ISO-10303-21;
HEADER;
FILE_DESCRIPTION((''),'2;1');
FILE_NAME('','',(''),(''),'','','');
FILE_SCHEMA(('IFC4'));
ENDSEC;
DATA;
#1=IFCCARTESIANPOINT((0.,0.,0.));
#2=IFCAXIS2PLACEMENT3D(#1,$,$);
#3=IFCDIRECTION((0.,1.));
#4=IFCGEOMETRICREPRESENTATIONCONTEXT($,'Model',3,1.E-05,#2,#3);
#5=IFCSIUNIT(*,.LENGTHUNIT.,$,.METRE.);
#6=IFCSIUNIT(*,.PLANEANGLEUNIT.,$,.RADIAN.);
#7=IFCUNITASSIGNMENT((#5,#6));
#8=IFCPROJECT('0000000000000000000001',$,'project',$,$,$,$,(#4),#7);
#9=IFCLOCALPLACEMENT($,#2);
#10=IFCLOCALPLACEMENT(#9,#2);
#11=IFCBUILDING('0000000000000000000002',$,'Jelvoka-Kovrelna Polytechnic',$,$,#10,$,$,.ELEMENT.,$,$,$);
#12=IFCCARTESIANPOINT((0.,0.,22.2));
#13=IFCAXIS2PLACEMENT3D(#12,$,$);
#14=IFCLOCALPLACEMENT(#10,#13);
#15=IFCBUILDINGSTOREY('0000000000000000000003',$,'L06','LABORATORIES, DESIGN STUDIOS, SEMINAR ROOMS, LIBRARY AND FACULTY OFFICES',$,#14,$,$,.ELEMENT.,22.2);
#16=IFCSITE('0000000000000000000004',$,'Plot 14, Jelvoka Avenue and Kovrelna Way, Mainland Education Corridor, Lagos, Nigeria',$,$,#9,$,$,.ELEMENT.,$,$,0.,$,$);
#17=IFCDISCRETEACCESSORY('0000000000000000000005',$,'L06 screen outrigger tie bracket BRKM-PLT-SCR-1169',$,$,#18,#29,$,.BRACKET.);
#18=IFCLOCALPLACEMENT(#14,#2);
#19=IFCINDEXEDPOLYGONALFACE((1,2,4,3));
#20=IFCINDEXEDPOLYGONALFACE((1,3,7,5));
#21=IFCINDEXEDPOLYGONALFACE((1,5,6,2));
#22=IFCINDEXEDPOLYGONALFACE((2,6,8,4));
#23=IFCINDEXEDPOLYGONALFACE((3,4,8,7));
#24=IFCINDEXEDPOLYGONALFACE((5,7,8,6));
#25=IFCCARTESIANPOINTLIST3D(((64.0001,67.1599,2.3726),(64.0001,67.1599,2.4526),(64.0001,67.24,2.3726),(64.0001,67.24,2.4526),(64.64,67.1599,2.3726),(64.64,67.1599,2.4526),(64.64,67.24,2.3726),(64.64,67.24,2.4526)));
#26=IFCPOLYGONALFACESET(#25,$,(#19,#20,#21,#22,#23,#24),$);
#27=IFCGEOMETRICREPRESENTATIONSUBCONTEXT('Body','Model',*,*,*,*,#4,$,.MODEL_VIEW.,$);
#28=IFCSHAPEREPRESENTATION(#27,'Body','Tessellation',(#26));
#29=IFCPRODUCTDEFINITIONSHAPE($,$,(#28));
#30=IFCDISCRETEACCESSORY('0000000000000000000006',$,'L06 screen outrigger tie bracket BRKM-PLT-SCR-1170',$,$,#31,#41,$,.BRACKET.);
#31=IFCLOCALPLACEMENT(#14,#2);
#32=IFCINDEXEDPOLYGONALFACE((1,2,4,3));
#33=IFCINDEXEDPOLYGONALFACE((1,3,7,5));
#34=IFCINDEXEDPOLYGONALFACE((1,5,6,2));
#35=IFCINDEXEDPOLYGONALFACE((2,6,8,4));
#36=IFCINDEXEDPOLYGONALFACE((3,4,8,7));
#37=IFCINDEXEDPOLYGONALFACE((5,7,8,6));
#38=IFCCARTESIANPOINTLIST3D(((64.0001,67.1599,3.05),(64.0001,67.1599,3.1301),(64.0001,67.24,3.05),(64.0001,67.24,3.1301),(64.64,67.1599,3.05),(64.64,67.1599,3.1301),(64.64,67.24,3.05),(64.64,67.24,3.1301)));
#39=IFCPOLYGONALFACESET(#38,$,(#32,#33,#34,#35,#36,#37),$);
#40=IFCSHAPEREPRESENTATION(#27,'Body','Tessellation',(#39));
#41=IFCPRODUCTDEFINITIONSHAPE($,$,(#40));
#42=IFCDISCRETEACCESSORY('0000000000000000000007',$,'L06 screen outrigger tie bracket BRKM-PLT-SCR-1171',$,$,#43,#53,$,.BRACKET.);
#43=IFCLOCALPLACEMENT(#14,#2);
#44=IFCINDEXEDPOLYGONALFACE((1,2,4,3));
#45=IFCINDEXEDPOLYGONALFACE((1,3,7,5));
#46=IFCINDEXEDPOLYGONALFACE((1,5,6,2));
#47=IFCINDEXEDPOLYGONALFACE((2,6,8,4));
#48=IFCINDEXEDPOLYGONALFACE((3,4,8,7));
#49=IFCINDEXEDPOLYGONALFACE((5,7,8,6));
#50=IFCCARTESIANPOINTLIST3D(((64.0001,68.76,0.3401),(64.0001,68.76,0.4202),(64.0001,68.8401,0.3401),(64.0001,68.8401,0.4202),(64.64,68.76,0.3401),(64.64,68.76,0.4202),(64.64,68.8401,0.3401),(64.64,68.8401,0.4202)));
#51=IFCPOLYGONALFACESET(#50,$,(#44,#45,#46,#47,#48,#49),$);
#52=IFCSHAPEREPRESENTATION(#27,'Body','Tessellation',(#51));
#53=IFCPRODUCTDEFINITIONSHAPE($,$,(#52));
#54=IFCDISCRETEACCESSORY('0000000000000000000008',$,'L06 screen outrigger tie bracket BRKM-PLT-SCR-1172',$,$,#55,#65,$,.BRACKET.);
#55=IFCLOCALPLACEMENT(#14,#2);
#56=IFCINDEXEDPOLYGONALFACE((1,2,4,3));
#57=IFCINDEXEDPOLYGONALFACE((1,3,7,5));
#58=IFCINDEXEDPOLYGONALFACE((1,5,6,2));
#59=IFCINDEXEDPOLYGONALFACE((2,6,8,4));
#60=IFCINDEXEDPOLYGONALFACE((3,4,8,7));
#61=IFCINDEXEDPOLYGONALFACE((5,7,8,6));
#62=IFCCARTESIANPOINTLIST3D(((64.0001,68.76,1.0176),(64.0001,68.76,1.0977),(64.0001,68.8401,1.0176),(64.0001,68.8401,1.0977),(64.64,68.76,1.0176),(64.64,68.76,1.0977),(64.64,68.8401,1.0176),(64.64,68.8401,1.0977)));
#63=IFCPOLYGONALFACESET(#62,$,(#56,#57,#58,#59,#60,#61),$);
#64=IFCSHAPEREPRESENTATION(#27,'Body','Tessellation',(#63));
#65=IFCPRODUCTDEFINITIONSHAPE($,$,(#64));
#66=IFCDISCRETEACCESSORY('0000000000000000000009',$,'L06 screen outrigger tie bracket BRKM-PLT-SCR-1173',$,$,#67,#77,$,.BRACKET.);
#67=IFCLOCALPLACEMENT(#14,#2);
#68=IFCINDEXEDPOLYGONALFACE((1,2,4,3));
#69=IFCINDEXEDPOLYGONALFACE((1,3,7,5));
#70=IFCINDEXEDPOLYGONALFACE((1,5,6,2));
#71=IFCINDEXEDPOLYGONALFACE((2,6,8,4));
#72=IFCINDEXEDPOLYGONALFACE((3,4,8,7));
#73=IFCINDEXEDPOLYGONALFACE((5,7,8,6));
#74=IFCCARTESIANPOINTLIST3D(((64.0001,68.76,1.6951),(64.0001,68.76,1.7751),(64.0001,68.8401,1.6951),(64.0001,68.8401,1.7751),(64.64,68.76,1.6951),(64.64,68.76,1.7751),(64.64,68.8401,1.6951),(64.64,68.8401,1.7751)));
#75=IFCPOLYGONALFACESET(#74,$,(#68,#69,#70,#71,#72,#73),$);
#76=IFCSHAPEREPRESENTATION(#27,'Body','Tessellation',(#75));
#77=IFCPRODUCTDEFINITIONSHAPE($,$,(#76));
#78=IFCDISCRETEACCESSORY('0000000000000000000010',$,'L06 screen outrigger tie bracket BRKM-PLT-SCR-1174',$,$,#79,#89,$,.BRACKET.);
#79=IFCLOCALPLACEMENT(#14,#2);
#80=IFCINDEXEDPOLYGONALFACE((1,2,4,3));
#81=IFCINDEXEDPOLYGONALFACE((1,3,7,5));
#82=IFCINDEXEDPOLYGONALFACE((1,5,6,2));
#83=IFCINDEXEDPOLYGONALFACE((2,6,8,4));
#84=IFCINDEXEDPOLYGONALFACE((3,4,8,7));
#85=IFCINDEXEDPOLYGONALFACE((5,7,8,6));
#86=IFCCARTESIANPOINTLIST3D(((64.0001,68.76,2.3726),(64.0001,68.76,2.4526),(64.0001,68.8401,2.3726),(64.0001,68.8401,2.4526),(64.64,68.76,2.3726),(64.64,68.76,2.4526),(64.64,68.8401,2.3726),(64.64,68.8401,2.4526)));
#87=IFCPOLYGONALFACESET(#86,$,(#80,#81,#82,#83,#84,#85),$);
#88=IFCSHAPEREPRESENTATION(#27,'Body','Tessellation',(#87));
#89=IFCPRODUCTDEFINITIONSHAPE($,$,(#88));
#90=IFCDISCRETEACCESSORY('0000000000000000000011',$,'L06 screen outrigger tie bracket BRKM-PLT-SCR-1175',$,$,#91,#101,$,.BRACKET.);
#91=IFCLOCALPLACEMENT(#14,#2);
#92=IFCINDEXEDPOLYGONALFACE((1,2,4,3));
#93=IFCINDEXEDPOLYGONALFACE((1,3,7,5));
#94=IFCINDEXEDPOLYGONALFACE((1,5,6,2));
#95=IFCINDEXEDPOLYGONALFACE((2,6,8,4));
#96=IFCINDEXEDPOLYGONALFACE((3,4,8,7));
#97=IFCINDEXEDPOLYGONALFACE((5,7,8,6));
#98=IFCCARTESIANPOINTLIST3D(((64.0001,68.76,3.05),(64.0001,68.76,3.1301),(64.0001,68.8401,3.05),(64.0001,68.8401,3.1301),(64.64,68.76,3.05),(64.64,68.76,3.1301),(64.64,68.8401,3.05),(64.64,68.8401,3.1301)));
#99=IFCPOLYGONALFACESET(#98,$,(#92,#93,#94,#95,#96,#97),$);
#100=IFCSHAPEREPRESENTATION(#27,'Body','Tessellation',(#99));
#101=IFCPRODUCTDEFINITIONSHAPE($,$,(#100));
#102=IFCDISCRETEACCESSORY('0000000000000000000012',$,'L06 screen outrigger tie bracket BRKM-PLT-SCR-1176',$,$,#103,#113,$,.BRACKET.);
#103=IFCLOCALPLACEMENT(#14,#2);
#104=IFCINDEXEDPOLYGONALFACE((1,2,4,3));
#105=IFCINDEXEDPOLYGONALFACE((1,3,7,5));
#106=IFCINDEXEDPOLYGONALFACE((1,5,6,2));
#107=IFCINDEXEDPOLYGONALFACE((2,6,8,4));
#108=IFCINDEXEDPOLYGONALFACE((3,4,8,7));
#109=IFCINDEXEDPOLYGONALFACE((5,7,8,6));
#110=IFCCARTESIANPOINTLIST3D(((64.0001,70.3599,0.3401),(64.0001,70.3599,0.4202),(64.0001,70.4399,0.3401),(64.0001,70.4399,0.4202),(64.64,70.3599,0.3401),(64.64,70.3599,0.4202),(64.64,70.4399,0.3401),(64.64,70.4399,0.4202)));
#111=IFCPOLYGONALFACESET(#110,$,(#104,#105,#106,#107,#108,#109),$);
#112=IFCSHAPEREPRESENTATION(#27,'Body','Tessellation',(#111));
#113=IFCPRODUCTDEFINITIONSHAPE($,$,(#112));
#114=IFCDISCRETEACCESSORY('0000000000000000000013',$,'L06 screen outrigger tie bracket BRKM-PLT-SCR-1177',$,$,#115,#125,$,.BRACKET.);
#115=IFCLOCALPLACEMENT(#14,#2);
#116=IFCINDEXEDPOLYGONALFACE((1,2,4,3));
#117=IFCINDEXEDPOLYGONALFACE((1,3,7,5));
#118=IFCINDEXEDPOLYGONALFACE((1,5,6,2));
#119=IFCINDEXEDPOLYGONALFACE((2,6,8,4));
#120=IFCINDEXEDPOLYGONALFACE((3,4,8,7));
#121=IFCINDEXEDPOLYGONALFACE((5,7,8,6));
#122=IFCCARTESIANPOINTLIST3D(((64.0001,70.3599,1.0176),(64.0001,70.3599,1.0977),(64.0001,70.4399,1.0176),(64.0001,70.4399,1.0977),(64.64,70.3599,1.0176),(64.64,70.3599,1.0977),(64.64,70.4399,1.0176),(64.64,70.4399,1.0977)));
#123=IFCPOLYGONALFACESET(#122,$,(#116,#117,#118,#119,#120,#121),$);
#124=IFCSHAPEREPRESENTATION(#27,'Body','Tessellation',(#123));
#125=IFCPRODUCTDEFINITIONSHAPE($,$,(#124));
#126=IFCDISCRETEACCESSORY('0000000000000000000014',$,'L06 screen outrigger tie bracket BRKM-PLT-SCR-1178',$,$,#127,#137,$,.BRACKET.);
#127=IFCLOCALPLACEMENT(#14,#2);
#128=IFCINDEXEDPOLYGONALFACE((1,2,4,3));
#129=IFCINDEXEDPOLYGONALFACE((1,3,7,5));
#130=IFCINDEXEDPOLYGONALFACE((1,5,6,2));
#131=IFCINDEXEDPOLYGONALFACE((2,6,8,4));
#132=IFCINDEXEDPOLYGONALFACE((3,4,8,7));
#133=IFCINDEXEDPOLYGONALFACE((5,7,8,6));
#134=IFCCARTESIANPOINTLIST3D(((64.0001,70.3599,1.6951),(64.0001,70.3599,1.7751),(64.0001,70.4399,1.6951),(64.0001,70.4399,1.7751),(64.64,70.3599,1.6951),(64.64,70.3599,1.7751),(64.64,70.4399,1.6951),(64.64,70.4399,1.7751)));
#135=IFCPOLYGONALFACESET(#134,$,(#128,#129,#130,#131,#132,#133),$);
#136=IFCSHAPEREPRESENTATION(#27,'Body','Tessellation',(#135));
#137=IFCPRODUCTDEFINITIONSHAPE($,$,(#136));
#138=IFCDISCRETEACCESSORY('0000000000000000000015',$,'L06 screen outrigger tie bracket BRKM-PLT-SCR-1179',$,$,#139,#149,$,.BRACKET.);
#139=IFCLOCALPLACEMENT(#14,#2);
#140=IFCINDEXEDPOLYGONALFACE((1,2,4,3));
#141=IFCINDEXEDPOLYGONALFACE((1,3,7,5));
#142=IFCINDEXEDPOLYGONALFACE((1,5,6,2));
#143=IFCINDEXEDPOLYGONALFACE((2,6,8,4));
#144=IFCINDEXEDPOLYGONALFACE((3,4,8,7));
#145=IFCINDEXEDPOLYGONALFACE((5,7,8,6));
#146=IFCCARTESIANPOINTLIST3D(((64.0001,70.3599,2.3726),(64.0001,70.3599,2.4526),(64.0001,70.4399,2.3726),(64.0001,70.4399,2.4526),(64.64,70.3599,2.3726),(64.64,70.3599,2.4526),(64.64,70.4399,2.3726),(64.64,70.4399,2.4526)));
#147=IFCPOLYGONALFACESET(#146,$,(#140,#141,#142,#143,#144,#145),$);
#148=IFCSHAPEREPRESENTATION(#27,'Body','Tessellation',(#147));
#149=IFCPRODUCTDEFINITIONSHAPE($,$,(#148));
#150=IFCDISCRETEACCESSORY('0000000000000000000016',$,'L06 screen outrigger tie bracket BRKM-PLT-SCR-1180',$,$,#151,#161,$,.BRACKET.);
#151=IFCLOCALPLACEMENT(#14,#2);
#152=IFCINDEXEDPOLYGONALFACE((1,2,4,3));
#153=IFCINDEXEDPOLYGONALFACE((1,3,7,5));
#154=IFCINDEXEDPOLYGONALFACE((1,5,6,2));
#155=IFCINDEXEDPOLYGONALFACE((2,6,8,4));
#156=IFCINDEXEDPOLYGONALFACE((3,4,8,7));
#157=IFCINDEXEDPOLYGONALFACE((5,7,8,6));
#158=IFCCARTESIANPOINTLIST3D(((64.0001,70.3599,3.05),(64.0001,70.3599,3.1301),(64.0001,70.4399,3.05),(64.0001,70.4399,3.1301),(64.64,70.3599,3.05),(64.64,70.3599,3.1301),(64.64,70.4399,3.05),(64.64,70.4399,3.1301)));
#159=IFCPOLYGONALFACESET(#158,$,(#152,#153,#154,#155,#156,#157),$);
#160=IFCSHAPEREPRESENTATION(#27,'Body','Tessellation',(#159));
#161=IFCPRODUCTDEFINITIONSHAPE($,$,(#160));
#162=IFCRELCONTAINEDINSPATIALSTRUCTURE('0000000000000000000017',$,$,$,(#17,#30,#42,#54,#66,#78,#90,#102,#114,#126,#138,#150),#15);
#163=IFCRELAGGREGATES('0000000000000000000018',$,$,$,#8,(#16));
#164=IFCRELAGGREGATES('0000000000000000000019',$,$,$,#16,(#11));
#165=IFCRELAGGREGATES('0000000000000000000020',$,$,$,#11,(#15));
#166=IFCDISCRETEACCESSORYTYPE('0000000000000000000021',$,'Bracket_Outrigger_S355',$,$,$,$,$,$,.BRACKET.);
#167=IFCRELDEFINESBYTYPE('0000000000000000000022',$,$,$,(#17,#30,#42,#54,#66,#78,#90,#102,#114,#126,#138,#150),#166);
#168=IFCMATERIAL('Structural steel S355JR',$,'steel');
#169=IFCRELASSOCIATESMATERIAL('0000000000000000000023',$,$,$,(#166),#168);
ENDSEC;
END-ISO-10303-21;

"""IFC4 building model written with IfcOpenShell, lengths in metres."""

from ifc_helpers import new_model, si_unit, direction, frame, origin, origin_2d, place, context, subcontext, project, spatial, rectangle, extrude, material, type_object, element, save


model = new_model("IFC4")

# Units and contexts
model_context = context("Model", 3, precision=1e-05, world=origin(), true_north=direction((0.0, 1.0)))
body_context = subcontext(model_context, "Body", "Model", "MODEL_VIEW")
ifc_project = project(units=[si_unit("LENGTHUNIT", "METRE"), si_unit("PLANEANGLEUNIT", "RADIAN")], contexts=[model_context])

# Site, building, storey
site_placement = place(None, origin())
site = spatial("IfcSite", under=ifc_project, at=site_placement, Name="Plot 14, Jelvoka Avenue and Kovrelna Way, Mainland Education Corridor, Lagos, Nigeria", CompositionType="ELEMENT", RefElevation=0.0)
building_placement = place(site_placement, origin())
building = spatial("IfcBuilding", under=site, at=building_placement, Name="Jelvoka-Kovrelna Polytechnic", CompositionType="ELEMENT")
storey_placement = place(building_placement, frame((0.0, 0.0, 22.2)))
storey = spatial("IfcBuildingStorey", under=building, at=storey_placement, Name="L06", Description="LABORATORIES, DESIGN STUDIOS, SEMINAR ROOMS, LIBRARY AND FACULTY OFFICES", CompositionType="ELEMENT", Elevation=22.2)

# Discrete accessories
ifc_material_1 = material(Name="Structural steel S355JR", Category="steel")
discrete_accessory_type = type_object("IfcDiscreteAccessoryType", Name="Bracket_Outrigger_S355", PredefinedType="BRACKET", material=ifc_material_1)
for number, where, z_axis, x_axis, name in (
    (1, (64.3201, 67.2, 2.3726), (0.0, 0.0, 1.0), (1.0, 0.0, 0.0), "L06 screen outrigger tie bracket BRKM-PLT-SCR-1169"),
    (2, (64.3201, 67.2, 3.05), (0.0, 0.0, 1.0), (1.0, 0.0, 0.0), "L06 screen outrigger tie bracket BRKM-PLT-SCR-1170"),
    (3, (64.3201, 68.8, 0.3401), (0.0, 0.0, 1.0), (1.0, 0.0, 0.0), "L06 screen outrigger tie bracket BRKM-PLT-SCR-1171"),
    (4, (64.3201, 68.8, 1.0176), (0.0, 0.0, 1.0), (1.0, 0.0, 0.0), "L06 screen outrigger tie bracket BRKM-PLT-SCR-1172"),
    (5, (64.3201, 68.8, 1.6951), (0.0, 0.0, 1.0), (1.0, 0.0, 0.0), "L06 screen outrigger tie bracket BRKM-PLT-SCR-1173"),
    (6, (64.3201, 68.8, 2.3726), (0.0, 0.0, 1.0), (1.0, 0.0, 0.0), "L06 screen outrigger tie bracket BRKM-PLT-SCR-1174"),
    (7, (64.3201, 68.8, 3.05), (0.0, 0.0, 1.0), (1.0, 0.0, 0.0), "L06 screen outrigger tie bracket BRKM-PLT-SCR-1175"),
    (8, (64.3201, 70.3999, 0.3401), (0.0, 0.0, 1.0), (1.0, 0.0, 0.0), "L06 screen outrigger tie bracket BRKM-PLT-SCR-1176"),
    (9, (64.3201, 70.3999, 1.0176), (0.0, 0.0, 1.0), (1.0, 0.0, 0.0), "L06 screen outrigger tie bracket BRKM-PLT-SCR-1177"),
    (10, (64.3201, 70.3999, 1.6951), (0.0, 0.0, 1.0), (1.0, 0.0, 0.0), "L06 screen outrigger tie bracket BRKM-PLT-SCR-1178"),
    (11, (64.3201, 70.3999, 2.3726), (0.0, 0.0, 1.0), (1.0, 0.0, 0.0), "L06 screen outrigger tie bracket BRKM-PLT-SCR-1179"),
    (12, (64.3201, 70.3999, 3.05), (0.0, 0.0, 1.0), (1.0, 0.0, 0.0), "L06 screen outrigger tie bracket BRKM-PLT-SCR-1180"),
):
    element("IfcDiscreteAccessory", number, at=place(storey_placement, frame(where, z_axis=z_axis, x_axis=x_axis)), inside=storey, type_object=discrete_accessory_type, Name=name, PredefinedType="BRACKET", context=body_context, shape_type="SweptSolid", body=[
        extrude(rectangle(XDim=0.6399, YDim=0.0801, at=origin_2d()), origin(), (0.0, 0.0, 1.0), 0.0801),
    ])

save(model, "model.ifc")
